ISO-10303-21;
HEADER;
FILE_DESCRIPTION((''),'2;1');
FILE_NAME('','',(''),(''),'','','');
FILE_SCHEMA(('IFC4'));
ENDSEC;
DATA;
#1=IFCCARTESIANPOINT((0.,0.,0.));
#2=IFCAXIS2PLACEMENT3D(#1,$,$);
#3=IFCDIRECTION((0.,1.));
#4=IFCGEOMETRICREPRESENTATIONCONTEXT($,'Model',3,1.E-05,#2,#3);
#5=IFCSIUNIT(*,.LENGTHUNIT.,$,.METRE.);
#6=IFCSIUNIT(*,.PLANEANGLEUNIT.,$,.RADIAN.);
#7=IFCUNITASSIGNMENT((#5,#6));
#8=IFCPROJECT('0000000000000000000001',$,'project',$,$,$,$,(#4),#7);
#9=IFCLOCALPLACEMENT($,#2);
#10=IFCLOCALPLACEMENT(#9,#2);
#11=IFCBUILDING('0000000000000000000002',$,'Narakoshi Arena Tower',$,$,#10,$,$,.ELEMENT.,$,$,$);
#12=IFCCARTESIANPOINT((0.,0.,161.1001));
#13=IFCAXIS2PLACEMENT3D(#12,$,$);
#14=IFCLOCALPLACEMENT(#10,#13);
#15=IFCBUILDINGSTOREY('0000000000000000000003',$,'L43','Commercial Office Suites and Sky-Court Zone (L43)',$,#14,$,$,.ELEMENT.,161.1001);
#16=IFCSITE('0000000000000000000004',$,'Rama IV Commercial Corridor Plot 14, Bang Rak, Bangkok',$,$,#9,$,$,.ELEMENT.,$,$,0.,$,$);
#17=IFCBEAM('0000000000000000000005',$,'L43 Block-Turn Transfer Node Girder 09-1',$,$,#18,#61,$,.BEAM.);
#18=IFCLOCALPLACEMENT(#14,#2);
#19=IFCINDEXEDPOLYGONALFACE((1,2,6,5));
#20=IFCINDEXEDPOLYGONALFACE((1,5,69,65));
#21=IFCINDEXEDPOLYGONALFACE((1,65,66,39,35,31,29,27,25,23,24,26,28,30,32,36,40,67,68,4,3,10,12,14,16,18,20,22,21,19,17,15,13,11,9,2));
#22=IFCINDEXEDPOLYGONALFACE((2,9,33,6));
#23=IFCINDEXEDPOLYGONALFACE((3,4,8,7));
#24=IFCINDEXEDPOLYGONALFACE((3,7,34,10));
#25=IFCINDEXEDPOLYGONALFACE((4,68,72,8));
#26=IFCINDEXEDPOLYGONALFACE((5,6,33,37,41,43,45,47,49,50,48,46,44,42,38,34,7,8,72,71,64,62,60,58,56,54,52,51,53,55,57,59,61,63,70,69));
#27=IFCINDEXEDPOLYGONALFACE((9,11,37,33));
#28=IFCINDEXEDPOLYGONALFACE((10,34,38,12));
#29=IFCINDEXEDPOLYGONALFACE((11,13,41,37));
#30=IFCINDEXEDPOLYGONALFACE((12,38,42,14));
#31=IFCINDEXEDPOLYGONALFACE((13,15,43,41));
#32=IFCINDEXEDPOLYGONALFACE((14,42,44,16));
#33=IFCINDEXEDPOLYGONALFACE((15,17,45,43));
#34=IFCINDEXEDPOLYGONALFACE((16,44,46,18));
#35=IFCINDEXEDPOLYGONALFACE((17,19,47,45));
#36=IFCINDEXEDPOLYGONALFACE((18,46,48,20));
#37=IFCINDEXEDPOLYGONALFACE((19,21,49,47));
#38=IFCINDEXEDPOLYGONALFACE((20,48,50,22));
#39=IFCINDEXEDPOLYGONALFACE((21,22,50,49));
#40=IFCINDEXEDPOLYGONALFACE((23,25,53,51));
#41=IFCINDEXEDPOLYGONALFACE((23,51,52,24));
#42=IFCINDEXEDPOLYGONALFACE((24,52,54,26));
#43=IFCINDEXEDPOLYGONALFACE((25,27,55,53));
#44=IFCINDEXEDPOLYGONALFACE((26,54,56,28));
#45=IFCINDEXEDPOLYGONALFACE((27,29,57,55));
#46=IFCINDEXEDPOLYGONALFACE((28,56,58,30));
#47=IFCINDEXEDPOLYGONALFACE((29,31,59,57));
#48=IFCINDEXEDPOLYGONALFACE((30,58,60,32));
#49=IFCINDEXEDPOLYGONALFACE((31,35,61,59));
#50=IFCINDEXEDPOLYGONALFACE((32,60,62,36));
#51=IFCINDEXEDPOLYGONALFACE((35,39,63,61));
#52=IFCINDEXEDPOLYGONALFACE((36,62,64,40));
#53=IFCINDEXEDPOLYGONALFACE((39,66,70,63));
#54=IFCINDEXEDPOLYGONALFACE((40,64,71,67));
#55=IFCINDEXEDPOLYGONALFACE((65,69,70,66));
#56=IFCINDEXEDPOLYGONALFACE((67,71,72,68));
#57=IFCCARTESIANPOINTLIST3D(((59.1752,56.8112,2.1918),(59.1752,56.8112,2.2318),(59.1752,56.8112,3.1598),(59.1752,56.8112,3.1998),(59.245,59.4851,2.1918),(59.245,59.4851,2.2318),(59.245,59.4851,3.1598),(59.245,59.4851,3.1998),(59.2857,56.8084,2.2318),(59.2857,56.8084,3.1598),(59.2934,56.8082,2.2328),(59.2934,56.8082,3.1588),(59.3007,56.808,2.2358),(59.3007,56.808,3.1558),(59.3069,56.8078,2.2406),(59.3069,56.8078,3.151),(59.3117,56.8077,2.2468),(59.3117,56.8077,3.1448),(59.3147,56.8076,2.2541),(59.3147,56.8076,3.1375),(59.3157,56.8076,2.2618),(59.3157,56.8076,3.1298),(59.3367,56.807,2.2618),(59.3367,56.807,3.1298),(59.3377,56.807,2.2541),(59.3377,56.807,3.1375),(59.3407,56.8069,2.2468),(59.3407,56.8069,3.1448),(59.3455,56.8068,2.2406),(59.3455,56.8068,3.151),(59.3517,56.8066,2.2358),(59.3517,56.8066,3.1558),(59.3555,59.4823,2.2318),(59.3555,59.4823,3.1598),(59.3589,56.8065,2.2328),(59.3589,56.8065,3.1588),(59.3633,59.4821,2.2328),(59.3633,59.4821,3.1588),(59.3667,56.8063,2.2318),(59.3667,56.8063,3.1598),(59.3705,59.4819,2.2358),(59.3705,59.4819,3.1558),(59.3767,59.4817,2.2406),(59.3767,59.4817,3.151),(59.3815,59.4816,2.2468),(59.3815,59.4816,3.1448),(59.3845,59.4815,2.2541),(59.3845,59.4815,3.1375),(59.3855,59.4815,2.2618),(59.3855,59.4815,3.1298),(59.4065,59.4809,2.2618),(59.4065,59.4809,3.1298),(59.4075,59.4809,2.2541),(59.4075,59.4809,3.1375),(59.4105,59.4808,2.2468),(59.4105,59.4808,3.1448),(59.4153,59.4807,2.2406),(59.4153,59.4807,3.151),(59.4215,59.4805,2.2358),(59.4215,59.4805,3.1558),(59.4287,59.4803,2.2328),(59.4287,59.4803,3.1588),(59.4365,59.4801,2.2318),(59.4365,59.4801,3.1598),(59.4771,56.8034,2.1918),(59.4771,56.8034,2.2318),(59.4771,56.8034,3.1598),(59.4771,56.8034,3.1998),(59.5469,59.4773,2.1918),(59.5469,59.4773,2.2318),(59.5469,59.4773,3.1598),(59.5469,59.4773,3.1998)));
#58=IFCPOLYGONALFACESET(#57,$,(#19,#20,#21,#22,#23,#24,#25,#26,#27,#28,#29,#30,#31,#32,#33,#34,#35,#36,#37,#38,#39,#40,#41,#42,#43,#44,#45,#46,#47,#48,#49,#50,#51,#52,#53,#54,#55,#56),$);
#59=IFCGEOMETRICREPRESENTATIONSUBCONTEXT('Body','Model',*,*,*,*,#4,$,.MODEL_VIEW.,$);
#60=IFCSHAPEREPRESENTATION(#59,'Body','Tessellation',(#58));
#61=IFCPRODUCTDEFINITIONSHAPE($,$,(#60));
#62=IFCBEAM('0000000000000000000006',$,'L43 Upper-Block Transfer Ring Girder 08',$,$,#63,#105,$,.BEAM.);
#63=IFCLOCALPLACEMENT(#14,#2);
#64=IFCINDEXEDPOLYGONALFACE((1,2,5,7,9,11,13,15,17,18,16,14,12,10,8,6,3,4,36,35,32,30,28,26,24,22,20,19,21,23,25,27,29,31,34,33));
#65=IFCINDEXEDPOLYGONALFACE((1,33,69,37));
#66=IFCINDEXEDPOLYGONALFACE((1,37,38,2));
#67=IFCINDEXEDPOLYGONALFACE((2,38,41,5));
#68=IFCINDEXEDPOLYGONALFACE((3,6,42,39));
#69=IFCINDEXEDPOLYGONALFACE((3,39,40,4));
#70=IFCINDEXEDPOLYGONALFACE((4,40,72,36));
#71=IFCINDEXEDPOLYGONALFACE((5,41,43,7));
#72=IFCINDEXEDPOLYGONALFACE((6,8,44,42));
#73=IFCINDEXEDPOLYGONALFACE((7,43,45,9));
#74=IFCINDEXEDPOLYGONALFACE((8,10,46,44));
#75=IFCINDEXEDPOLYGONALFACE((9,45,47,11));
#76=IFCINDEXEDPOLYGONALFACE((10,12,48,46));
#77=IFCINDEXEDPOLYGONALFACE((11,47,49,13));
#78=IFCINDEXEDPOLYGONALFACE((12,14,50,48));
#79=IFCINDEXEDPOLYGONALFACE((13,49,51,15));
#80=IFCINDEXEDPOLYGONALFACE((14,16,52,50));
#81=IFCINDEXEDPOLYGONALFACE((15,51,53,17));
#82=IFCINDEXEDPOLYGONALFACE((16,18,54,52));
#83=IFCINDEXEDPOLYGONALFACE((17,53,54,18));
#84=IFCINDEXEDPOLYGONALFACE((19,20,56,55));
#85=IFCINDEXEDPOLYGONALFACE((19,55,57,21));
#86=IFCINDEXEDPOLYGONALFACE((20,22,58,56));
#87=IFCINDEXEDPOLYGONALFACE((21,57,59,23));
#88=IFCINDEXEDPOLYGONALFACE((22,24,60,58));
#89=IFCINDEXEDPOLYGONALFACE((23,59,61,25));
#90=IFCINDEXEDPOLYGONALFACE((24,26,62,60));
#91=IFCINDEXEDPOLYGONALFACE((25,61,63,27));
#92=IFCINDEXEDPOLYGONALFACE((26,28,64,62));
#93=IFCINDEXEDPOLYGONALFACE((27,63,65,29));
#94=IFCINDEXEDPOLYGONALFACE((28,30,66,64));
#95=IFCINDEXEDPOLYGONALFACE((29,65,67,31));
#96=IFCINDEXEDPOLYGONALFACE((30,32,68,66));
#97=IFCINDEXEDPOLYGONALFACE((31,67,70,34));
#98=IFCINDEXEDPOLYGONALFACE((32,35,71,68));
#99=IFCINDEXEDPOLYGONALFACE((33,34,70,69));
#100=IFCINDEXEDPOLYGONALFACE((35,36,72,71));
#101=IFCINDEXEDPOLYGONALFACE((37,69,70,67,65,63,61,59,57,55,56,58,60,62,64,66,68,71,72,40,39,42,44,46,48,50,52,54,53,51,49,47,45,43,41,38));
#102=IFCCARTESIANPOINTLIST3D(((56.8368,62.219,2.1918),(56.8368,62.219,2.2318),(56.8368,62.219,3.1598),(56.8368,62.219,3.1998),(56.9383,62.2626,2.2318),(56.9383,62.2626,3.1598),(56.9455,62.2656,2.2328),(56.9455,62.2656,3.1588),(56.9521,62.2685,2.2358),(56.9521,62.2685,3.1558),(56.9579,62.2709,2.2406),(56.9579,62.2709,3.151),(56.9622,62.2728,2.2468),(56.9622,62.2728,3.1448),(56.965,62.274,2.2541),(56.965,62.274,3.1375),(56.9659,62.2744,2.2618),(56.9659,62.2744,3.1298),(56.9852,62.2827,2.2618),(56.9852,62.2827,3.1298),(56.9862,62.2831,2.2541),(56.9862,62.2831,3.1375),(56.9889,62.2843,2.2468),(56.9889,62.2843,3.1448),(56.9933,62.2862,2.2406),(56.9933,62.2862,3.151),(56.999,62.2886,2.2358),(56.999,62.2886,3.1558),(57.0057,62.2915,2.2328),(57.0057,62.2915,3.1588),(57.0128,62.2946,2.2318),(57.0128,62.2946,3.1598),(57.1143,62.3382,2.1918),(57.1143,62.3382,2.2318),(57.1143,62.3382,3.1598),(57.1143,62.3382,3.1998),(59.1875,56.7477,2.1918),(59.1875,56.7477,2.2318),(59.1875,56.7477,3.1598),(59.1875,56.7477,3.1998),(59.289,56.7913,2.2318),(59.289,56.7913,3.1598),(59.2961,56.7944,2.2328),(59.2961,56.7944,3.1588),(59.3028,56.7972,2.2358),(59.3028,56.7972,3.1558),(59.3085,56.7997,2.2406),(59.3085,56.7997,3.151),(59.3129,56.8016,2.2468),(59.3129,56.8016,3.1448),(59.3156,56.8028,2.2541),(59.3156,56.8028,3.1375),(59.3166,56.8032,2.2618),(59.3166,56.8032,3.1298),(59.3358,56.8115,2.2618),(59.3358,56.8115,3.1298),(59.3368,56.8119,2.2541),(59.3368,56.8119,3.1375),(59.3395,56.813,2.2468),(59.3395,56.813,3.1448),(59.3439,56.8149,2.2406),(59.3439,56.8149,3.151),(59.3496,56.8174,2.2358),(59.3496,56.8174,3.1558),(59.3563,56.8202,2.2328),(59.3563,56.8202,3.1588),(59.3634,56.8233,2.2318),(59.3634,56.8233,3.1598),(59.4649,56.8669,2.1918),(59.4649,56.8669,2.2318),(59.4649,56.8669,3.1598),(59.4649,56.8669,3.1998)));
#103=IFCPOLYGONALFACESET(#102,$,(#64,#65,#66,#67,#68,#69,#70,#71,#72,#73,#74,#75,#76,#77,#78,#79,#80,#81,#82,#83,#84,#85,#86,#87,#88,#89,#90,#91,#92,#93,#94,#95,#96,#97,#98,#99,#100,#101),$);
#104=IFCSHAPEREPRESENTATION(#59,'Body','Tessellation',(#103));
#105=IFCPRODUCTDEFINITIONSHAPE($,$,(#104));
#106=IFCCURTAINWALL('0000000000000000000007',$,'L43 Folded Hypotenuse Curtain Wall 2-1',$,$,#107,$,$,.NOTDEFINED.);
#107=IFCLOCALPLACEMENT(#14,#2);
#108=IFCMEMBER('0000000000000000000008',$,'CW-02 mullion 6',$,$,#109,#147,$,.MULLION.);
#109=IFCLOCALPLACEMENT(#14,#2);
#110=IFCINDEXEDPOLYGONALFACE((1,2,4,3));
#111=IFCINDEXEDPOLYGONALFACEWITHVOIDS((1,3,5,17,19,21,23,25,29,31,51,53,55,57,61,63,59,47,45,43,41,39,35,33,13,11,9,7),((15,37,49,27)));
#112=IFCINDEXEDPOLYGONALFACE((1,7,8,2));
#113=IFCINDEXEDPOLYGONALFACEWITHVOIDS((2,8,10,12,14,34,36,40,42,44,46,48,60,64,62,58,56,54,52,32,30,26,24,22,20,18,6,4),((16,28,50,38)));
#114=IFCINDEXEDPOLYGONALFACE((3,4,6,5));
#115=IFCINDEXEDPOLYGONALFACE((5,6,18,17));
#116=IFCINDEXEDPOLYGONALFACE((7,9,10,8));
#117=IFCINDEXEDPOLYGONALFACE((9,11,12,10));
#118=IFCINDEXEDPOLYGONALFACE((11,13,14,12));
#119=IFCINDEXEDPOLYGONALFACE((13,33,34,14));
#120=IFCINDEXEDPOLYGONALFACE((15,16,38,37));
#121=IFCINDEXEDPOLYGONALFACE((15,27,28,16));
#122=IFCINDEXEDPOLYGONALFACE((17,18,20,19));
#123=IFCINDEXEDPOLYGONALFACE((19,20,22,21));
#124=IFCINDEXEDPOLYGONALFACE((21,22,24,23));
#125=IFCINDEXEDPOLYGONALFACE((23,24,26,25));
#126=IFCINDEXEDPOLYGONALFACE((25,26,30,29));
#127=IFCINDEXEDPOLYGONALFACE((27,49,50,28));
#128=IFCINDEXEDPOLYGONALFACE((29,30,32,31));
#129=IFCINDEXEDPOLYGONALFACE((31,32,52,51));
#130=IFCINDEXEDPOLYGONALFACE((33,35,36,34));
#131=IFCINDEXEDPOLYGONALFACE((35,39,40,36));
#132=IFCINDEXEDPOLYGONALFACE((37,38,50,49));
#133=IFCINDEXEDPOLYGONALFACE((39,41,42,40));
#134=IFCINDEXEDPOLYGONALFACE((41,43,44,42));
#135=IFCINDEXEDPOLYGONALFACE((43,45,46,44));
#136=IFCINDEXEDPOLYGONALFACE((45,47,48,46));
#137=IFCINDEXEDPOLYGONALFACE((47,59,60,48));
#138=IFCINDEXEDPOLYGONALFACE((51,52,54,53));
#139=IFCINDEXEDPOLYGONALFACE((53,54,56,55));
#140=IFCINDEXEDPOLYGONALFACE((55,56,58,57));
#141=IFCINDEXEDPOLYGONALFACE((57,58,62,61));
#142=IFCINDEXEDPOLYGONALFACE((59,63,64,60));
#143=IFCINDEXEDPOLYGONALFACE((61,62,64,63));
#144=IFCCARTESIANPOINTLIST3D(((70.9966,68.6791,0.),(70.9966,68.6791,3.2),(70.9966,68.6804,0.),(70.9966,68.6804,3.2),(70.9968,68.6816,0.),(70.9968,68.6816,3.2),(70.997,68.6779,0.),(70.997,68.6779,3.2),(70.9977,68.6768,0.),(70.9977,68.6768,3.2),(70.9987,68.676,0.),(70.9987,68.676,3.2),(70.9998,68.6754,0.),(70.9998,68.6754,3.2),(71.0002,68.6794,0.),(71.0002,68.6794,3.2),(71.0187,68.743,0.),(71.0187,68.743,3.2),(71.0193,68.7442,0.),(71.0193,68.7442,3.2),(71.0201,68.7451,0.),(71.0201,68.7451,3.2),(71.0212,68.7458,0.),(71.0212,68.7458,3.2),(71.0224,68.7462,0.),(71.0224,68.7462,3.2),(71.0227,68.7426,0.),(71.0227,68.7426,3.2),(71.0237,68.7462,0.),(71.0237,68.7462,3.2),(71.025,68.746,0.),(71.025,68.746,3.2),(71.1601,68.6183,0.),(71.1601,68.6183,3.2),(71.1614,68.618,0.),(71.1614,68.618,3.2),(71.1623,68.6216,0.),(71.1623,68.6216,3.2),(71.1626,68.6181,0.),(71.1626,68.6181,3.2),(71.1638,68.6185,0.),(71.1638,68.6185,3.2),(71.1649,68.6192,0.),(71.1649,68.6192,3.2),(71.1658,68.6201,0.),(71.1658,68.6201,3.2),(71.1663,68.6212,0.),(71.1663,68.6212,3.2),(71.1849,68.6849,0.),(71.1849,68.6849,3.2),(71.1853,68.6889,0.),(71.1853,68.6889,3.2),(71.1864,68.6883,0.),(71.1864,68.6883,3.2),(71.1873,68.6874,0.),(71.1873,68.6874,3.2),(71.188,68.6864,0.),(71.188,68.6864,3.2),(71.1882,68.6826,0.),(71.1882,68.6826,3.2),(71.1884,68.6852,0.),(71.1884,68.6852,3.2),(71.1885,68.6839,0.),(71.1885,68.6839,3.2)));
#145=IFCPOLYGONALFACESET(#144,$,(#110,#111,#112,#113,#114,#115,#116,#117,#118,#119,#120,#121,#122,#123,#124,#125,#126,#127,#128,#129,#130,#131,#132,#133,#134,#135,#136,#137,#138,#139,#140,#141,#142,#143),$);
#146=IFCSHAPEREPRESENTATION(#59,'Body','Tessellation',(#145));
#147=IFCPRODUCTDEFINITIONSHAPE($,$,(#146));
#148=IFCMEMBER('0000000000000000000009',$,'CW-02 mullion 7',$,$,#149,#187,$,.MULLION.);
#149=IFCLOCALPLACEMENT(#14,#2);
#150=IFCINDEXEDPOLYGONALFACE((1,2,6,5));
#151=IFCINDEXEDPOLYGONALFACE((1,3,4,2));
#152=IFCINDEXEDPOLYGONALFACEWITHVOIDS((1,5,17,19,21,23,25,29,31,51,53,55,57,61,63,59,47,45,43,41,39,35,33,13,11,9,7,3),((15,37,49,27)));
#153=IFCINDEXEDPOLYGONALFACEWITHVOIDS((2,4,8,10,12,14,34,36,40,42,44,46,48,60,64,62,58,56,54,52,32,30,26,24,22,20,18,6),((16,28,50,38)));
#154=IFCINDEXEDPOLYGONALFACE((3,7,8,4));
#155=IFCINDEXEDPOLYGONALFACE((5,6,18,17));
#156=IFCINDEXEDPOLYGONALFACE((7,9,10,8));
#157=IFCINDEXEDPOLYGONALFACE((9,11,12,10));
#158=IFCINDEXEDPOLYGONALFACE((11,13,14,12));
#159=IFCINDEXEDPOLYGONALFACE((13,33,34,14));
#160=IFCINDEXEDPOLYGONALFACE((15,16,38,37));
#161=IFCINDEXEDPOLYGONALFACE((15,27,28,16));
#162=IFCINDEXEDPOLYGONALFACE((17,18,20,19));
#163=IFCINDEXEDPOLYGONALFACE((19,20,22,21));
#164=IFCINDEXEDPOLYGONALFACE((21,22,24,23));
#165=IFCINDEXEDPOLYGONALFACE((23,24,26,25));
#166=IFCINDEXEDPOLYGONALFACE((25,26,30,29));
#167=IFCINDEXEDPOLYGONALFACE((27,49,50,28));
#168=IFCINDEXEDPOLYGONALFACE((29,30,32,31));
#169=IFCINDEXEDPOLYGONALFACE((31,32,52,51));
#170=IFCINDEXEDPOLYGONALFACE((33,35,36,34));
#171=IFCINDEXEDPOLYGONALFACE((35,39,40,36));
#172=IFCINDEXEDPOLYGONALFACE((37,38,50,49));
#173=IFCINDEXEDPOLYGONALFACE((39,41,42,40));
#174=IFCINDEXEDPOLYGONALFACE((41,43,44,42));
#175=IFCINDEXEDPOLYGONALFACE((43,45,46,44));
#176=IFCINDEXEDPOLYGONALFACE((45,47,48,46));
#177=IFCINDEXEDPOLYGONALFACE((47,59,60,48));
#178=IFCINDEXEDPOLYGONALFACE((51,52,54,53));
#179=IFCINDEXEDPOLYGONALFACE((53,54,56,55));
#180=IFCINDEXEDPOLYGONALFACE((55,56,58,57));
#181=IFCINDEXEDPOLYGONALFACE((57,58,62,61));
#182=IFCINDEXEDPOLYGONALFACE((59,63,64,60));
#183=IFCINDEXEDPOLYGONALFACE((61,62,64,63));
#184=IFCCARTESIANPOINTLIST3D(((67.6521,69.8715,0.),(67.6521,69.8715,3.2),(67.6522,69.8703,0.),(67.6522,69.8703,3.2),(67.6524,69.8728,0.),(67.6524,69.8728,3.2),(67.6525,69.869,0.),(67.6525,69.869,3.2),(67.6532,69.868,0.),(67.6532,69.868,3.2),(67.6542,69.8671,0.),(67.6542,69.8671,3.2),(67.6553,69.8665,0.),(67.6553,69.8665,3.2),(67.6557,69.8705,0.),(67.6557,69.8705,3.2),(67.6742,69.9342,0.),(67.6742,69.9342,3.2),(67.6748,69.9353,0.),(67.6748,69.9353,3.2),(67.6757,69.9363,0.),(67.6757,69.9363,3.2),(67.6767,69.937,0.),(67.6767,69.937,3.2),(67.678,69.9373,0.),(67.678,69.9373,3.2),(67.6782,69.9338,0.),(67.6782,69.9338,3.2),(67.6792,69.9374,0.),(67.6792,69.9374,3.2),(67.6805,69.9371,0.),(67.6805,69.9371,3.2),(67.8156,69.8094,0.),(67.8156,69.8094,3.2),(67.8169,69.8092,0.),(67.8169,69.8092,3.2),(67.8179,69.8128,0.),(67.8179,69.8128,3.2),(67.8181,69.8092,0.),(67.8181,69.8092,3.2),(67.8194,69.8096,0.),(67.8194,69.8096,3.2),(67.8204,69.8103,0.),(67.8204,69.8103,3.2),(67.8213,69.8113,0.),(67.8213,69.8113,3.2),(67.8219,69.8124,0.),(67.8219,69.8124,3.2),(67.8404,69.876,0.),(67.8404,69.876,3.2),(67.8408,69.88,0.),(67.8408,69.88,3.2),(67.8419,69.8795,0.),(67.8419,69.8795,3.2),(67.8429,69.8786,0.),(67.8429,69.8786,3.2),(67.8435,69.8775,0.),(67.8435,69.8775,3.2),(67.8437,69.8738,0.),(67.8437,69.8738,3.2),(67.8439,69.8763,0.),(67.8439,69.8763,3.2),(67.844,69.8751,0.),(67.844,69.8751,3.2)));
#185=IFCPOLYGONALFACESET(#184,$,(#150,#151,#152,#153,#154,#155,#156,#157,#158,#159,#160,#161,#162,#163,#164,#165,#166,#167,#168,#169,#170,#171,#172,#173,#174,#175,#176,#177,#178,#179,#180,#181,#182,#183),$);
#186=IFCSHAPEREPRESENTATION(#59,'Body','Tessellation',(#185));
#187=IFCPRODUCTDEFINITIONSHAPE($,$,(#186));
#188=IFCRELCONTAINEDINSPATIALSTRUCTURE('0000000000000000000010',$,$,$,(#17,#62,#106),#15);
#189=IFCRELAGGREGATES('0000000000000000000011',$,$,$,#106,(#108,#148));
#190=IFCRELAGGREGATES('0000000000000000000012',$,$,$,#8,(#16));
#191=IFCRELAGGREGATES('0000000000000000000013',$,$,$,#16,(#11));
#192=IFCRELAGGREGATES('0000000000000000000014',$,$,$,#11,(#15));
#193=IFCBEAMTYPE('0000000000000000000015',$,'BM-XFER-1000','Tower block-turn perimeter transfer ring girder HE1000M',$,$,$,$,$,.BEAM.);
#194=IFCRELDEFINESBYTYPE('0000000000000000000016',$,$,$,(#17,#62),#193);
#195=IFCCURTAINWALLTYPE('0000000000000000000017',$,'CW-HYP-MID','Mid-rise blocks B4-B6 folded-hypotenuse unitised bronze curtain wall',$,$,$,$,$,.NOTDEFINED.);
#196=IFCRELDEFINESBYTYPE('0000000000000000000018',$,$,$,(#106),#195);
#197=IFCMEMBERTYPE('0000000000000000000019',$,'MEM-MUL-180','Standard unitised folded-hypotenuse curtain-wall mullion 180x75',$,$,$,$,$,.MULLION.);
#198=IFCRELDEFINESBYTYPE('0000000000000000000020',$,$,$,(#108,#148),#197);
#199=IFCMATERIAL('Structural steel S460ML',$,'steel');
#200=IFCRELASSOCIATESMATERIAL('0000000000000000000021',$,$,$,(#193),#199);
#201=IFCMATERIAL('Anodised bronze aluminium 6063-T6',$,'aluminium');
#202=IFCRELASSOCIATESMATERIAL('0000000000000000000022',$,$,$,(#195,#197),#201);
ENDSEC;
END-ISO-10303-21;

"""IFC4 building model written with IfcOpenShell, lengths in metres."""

from ifc_helpers import new_model, si_unit, direction, frame, origin, origin_2d, place, context, subcontext, project, spatial, hollow_rectangle, i_section, extrude, material, material_profile, profile_set, type_object, element, aggregate, save


model = new_model("IFC4")

# Units and contexts
model_context = context("Model", 3, precision=1e-05, world=origin(), true_north=direction((0.0, 1.0)))
body_context = subcontext(model_context, "Body", "Model", "MODEL_VIEW")
ifc_project = project(units=[si_unit("LENGTHUNIT", "METRE"), si_unit("PLANEANGLEUNIT", "RADIAN")], contexts=[model_context])

# Site, building, storey
site_placement = place(None, origin())
site = spatial("IfcSite", under=ifc_project, at=site_placement, Name="Rama IV Commercial Corridor Plot 14, Bang Rak, Bangkok", CompositionType="ELEMENT", RefElevation=0.0)
building_placement = place(site_placement, origin())
building = spatial("IfcBuilding", under=site, at=building_placement, Name="Narakoshi Arena Tower", CompositionType="ELEMENT")
storey_placement = place(building_placement, frame((0.0, 0.0, 161.1001)))
storey = spatial("IfcBuildingStorey", under=building, at=storey_placement, Name="L43", Description="Commercial Office Suites and Sky-Court Zone (L43)", CompositionType="ELEMENT", Elevation=161.1001)

# Beams
ifc_material_1 = material(Name="Structural steel S460ML", Category="steel")
ifc_material_profile_1 = material_profile(ifc_material_1, i_section(OverallWidth=0.302, OverallDepth=1.0081, WebThickness=0.021, FlangeThickness=0.04, FilletRadius=0.03, at=origin_2d()), Name="HE1000M")
ifc_profile_set_1 = profile_set([ifc_material_profile_1], Name="Structural steel S460ML")
beam_type = type_object("IfcBeamType", Name="BM-XFER-1000", Description="Tower block-turn perimeter transfer ring girder HE1000M", PredefinedType="BEAM", material=ifc_profile_set_1)
beam_1_placement = place(storey_placement, frame((59.396, 59.4812, 2.6958), z_axis=(-0.026105, -0.999659, 0.0), x_axis=(0.999659, -0.026105, 0.0)))
element("IfcBeam", 1, at=beam_1_placement, inside=storey, type_object=beam_type, Name="L43 Block-Turn Transfer Node Girder 09-1", PredefinedType="BEAM", context=body_context, shape_type="SweptSolid", body=[
    extrude(i_section(OverallWidth=0.302, OverallDepth=1.0081, WebThickness=0.021, FlangeThickness=0.04, FilletRadius=0.03, at=origin_2d()), origin(), (0.0, 0.0, 1.0), 2.6748),
])
beam_2_placement = place(storey_placement, frame((56.9756, 62.2786, 2.6958), z_axis=(0.394741, -0.918793, 0.0), x_axis=(0.918793, 0.394741, 0.0)))
element("IfcBeam", 2, at=beam_2_placement, inside=storey, type_object=beam_type, Name="L43 Upper-Block Transfer Ring Girder 08", PredefinedType="BEAM", context=body_context, shape_type="SweptSolid", body=[
    extrude(i_section(OverallWidth=0.302, OverallDepth=1.0081, WebThickness=0.021, FlangeThickness=0.04, FilletRadius=0.03, at=origin_2d()), origin(), (0.0, 0.0, 1.0), 5.9548),
])

# Curtain wall, members
ifc_material_2 = material(Name="Anodised bronze aluminium 6063-T6", Category="aluminium")
curtain_wall_type = type_object("IfcCurtainWallType", Name="CW-HYP-MID", Description="Mid-rise blocks B4-B6 folded-hypotenuse unitised bronze curtain wall", PredefinedType="NOTDEFINED", material=ifc_material_2)
curtain_wall_1_placement = place(storey_placement, origin())
curtain_wall_1 = element("IfcCurtainWall", 3, at=curtain_wall_1_placement, inside=storey, type_object=curtain_wall_type, Name="L43 Folded Hypotenuse Curtain Wall 2-1", PredefinedType="NOTDEFINED")
ifc_material_profile_2 = material_profile(ifc_material_2, hollow_rectangle(XDim=0.075, YDim=0.1799, WallThickness=0.0039, OuterFilletRadius=0.0049, at=origin_2d()), Name="MUL180x75x4")
ifc_profile_set_2 = profile_set([ifc_material_profile_2], Name="Anodised bronze aluminium 6063-T6")
member_type_1 = type_object("IfcMemberType", Name="MEM-MUL-180", Description="Standard unitised folded-hypotenuse curtain-wall mullion 180x75", PredefinedType="MULLION", material=ifc_profile_set_2)
member_1_placement = place(storey_placement, frame((71.0925, 68.6821, 0.0), z_axis=(0.0, 0.0, 1.0), x_axis=(-0.335518, -0.942034, 0.0)))
member_1 = element("IfcMember", 4, at=member_1_placement, type_object=member_type_1, Name="CW-02 mullion 6", PredefinedType="MULLION", context=body_context, shape_type="SweptSolid", body=[
    extrude(hollow_rectangle(XDim=0.075, YDim=0.1799, WallThickness=0.0039, OuterFilletRadius=0.0049, at=origin_2d()), origin(), (0.0, 0.0, 1.0), 3.2),
])
member_2_placement = place(storey_placement, frame((67.748, 69.8733, 0.0), z_axis=(0.0, 0.0, 1.0), x_axis=(-0.335518, -0.942034, 0.0)))
member_2 = element("IfcMember", 5, at=member_2_placement, type_object=member_type_1, Name="CW-02 mullion 7", PredefinedType="MULLION", context=body_context, shape_type="SweptSolid", body=[
    extrude(hollow_rectangle(XDim=0.075, YDim=0.1799, WallThickness=0.0039, OuterFilletRadius=0.0049, at=origin_2d()), origin(), (0.0, 0.0, 1.0), 3.2),
])

aggregate(curtain_wall_1, [member_1, member_2])

save(model, "model.ifc")
